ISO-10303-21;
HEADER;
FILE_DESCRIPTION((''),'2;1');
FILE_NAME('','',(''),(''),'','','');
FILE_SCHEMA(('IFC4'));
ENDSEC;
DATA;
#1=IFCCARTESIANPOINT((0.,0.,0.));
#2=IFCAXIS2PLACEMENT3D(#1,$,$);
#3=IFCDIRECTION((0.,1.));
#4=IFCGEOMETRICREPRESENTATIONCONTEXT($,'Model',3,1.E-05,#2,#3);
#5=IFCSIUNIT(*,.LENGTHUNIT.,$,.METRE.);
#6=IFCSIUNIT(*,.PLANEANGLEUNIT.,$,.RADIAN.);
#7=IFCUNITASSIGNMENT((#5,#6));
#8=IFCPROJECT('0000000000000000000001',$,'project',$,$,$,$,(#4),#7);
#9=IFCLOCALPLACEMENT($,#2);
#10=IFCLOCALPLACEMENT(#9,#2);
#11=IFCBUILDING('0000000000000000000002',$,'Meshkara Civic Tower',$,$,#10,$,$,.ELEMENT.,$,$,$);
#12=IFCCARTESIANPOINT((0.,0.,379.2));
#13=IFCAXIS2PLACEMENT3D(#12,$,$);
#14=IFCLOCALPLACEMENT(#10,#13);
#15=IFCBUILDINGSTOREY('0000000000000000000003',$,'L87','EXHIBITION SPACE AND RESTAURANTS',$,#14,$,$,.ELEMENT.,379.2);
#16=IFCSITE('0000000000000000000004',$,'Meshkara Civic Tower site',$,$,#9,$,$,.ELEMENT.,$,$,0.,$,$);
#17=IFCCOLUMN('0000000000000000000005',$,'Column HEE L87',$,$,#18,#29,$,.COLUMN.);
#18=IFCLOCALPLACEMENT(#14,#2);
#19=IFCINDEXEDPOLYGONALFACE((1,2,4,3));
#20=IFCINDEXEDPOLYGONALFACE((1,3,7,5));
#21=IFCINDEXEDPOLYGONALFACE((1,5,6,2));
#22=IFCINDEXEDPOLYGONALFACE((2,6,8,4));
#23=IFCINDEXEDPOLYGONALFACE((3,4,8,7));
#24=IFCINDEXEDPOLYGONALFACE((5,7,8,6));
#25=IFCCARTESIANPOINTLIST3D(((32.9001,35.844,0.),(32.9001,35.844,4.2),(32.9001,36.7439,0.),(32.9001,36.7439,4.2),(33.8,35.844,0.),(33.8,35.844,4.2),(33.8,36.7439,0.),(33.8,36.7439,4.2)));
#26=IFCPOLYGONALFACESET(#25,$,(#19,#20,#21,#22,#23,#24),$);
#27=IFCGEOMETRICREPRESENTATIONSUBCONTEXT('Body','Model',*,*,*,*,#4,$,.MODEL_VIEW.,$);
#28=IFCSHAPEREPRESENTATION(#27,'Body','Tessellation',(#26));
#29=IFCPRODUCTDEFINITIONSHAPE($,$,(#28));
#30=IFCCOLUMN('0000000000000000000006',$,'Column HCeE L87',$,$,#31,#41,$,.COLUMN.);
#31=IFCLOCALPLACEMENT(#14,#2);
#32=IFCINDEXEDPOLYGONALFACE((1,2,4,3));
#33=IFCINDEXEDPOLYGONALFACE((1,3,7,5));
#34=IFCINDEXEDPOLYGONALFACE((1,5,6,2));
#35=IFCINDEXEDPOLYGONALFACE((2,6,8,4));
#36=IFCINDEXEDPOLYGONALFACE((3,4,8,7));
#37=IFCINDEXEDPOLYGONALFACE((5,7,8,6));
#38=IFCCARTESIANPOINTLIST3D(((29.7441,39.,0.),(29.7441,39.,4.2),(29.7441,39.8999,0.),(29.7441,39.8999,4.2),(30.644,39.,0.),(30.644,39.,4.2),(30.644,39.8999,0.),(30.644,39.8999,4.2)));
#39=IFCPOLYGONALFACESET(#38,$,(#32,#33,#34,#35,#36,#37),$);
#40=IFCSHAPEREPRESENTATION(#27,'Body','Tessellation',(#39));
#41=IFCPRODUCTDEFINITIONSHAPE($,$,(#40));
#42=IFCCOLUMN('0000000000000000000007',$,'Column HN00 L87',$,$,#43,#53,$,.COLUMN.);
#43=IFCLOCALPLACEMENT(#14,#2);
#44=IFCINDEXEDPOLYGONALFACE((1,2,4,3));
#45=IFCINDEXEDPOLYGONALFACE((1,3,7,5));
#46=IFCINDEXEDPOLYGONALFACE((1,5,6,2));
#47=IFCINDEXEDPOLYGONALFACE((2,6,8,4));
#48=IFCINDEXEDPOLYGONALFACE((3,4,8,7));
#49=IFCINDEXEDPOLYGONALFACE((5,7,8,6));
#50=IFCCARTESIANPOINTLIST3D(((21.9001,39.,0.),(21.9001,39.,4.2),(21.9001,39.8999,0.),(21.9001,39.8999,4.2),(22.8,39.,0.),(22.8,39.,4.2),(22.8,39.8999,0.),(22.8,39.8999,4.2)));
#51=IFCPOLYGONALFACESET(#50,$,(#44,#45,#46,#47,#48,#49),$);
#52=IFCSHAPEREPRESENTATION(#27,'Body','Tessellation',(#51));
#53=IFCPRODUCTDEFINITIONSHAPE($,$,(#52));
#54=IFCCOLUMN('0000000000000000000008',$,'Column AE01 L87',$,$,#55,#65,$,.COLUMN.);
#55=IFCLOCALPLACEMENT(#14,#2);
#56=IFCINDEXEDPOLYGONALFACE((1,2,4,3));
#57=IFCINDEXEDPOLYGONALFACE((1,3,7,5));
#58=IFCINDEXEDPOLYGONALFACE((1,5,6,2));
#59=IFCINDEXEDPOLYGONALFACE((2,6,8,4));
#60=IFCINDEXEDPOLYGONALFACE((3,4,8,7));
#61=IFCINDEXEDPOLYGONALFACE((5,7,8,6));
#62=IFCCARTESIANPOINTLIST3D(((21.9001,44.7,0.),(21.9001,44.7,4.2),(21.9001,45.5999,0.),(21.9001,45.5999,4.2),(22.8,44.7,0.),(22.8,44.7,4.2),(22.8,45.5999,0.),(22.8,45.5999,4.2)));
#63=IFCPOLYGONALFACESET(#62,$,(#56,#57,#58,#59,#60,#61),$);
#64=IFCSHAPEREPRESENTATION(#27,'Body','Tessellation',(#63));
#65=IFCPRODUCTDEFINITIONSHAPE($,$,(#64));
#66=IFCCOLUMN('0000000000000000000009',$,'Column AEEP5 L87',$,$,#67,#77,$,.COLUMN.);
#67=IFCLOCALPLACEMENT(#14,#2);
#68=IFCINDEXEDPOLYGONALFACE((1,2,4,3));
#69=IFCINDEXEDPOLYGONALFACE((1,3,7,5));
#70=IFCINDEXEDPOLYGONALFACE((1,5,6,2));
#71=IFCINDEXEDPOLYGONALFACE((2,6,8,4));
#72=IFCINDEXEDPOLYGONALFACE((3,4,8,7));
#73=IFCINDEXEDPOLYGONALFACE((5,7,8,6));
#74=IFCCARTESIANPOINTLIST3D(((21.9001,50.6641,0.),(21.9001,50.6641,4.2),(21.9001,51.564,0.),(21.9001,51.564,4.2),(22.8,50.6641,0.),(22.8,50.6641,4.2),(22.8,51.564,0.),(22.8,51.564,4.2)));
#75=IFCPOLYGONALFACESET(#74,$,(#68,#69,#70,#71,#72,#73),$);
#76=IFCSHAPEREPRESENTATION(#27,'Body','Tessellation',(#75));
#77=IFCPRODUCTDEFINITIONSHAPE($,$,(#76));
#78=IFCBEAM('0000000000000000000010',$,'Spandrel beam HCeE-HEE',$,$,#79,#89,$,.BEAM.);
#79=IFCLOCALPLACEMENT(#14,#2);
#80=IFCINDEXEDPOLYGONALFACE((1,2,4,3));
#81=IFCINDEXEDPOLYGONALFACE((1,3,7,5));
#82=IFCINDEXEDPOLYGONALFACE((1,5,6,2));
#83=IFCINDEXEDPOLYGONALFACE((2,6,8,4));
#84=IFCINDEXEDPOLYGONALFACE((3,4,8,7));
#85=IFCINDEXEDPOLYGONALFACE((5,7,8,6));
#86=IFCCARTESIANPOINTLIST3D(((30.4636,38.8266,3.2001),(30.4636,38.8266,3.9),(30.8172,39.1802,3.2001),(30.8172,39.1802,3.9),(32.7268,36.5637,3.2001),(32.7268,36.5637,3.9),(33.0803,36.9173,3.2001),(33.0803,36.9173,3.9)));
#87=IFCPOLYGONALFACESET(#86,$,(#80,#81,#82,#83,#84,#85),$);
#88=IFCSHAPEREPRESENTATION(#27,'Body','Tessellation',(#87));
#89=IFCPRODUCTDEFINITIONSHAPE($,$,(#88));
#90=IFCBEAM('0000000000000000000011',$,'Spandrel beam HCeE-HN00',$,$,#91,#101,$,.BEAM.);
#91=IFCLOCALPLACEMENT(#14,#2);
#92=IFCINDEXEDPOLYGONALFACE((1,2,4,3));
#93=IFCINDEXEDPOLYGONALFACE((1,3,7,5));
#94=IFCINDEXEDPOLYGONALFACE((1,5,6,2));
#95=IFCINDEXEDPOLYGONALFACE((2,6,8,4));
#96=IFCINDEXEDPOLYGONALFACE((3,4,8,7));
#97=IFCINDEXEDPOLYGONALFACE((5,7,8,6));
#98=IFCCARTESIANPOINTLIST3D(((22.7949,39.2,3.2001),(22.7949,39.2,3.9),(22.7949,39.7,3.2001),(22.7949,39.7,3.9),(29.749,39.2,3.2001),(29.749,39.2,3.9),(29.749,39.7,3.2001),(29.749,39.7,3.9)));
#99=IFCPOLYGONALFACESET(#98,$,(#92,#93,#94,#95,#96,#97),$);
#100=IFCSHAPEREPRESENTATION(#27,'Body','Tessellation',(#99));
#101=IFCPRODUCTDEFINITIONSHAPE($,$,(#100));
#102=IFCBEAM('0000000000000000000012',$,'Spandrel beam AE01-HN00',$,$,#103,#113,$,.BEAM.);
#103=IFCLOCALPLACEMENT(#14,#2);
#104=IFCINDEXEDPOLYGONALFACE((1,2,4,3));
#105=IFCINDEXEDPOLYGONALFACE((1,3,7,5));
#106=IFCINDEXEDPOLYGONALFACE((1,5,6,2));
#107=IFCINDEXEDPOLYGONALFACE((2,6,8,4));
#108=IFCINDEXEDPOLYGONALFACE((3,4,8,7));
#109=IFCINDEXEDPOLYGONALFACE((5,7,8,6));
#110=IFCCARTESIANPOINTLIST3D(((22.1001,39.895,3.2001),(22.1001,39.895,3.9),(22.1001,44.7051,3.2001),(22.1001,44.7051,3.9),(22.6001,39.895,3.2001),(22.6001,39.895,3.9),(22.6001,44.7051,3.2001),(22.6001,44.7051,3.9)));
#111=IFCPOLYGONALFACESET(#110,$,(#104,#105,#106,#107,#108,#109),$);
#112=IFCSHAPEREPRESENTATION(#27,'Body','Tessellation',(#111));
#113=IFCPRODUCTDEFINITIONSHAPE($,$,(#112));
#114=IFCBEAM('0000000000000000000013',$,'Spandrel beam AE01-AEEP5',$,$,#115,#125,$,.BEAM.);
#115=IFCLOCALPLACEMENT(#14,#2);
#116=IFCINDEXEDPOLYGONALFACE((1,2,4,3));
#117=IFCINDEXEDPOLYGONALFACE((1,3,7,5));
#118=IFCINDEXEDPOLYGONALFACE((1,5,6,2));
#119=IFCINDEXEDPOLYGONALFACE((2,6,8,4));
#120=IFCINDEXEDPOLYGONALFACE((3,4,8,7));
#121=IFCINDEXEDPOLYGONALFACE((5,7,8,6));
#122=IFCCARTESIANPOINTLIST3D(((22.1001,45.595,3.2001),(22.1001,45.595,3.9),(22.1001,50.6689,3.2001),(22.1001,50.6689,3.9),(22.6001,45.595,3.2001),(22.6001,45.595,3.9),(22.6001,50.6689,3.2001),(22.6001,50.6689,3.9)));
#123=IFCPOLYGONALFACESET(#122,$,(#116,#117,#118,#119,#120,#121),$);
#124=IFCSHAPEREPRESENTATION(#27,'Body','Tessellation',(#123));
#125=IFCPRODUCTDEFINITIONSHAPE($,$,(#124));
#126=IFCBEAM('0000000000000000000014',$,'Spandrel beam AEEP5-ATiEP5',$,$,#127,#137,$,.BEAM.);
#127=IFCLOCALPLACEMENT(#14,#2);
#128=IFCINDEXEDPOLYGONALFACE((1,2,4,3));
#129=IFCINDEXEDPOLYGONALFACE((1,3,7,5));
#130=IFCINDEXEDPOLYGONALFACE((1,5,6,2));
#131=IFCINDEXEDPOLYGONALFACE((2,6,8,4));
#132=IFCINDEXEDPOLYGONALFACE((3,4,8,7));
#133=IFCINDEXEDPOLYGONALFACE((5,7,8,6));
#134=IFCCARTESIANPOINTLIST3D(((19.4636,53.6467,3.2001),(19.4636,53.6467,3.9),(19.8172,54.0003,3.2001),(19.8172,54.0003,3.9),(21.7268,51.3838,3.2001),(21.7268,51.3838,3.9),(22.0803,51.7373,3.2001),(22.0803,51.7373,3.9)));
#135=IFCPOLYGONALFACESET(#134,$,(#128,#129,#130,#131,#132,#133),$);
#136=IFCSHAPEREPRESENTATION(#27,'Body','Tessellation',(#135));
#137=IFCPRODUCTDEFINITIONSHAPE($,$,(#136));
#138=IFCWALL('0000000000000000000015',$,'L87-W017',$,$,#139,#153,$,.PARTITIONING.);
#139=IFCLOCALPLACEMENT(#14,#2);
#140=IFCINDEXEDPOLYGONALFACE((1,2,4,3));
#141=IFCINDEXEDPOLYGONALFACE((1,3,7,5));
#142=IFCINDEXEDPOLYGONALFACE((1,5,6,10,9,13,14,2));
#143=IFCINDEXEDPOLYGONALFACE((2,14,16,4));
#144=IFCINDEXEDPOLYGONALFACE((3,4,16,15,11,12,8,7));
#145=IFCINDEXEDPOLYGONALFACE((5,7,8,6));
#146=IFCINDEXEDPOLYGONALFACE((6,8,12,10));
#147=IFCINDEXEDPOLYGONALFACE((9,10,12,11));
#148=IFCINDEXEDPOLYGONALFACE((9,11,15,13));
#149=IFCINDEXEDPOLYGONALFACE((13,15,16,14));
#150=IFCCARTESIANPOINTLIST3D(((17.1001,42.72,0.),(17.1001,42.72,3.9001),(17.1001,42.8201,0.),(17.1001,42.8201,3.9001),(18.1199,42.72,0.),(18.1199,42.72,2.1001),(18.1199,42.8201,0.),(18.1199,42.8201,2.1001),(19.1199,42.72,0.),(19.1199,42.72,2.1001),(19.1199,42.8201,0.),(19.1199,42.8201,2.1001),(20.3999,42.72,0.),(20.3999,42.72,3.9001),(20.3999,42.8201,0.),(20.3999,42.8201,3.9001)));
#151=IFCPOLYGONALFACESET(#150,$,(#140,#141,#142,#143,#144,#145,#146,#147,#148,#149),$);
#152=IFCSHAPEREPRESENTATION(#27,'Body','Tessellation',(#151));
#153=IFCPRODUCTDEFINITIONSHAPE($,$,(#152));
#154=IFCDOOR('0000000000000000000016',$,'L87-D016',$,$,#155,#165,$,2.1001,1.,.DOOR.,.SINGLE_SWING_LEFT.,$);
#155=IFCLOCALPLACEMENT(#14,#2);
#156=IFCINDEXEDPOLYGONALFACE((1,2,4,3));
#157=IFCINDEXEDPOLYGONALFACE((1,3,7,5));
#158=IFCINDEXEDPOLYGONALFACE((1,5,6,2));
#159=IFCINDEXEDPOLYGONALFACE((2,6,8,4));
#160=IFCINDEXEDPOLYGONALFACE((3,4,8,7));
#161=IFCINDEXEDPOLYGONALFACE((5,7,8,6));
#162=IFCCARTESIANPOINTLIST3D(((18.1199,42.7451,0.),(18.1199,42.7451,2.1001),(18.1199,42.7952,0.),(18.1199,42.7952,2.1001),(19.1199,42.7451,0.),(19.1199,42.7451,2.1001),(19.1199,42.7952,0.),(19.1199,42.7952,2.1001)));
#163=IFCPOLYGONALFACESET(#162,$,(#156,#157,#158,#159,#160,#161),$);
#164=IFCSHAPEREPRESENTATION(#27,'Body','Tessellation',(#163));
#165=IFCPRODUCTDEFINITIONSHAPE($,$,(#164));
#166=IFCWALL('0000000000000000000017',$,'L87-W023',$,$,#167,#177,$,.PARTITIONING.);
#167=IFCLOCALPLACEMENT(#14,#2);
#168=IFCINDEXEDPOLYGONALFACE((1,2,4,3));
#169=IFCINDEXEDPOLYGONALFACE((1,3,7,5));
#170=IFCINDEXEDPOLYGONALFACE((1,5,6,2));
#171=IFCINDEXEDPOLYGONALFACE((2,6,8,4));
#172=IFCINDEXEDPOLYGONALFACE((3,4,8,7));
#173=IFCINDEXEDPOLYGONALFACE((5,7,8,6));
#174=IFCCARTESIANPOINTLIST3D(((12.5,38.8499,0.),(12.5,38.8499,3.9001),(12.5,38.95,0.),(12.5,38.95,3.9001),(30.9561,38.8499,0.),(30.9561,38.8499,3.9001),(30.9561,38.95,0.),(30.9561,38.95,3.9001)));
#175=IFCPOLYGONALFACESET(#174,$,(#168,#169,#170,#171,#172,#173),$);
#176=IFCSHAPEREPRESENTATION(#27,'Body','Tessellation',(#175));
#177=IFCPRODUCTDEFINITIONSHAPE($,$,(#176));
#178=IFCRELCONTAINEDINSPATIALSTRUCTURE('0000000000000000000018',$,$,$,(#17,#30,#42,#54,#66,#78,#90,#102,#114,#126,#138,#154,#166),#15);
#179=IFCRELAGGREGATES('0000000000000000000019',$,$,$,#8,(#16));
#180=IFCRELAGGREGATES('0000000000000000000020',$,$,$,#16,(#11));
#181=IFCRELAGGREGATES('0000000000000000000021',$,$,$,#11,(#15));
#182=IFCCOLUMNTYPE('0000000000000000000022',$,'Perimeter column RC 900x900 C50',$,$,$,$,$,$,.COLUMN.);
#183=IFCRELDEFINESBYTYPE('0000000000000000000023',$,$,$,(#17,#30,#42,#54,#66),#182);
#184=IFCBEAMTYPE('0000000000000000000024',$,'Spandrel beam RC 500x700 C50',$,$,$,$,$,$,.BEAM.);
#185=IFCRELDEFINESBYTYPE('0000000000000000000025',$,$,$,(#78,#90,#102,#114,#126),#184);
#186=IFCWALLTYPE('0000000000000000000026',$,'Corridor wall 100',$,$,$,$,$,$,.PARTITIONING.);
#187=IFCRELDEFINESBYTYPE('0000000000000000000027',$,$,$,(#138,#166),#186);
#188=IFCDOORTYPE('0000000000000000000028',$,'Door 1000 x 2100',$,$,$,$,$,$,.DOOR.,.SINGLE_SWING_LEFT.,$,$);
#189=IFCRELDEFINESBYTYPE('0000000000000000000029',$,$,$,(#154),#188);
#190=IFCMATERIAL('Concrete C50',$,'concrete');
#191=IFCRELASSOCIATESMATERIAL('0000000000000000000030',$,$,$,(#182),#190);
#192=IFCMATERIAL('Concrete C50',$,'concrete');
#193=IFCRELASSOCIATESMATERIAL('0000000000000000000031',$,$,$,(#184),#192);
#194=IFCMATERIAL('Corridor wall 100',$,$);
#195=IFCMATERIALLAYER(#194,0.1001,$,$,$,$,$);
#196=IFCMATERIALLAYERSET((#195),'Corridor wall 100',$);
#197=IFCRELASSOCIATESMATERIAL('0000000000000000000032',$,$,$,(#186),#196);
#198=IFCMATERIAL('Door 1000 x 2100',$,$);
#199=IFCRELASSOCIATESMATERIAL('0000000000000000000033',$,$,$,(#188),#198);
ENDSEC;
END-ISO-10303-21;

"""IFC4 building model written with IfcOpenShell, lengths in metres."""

from ifc_helpers import new_model, si_unit, direction, frame, frame_2d, origin, origin_2d, place, context, subcontext, project, spatial, rectangle, extrude, material, layer, layer_set, material_profile, profile_set, type_object, element, fill, save


model = new_model("IFC4")

# Units and contexts
model_context = context("Model", 3, precision=1e-05, world=origin(), true_north=direction((0.0, 1.0)))
body_context = subcontext(model_context, "Body", "Model", "MODEL_VIEW")
ifc_project = project(units=[si_unit("LENGTHUNIT", "METRE"), si_unit("PLANEANGLEUNIT", "RADIAN")], contexts=[model_context])

# Site, building, storey
site_placement = place(None, origin())
site = spatial("IfcSite", under=ifc_project, at=site_placement, Name="Meshkara Civic Tower site", CompositionType="ELEMENT", RefElevation=0.0)
building_placement = place(site_placement, origin())
building = spatial("IfcBuilding", under=site, at=building_placement, Name="Meshkara Civic Tower", CompositionType="ELEMENT")
storey_placement = place(building_placement, frame((0.0, 0.0, 379.2)))
storey = spatial("IfcBuildingStorey", under=building, at=storey_placement, Name="L87", Description="EXHIBITION SPACE AND RESTAURANTS", CompositionType="ELEMENT", Elevation=379.2)

# Columns
ifc_material_1 = material(Name="Concrete C50", Category="concrete")
ifc_material_profile_1 = material_profile(ifc_material_1, rectangle(XDim=0.8999, YDim=0.8999, at=origin_2d()))
ifc_profile_set_1 = profile_set([ifc_material_profile_1], Name="Concrete C50")
column_type = type_object("IfcColumnType", Name="Perimeter column RC 900x900 C50", PredefinedType="COLUMN", material=ifc_profile_set_1)
for number, where, z_axis, x_axis, name in (
    (1, (33.3501, 36.2939, 0.0), (0.0, 0.0, 1.0), (1.0, 0.0, 0.0), "Column HEE L87"),
    (2, (30.1941, 39.45, 0.0), (0.0, 0.0, 1.0), (1.0, 0.0, 0.0), "Column HCeE L87"),
    (3, (22.3501, 39.45, 0.0), (0.0, 0.0, 1.0), (1.0, 0.0, 0.0), "Column HN00 L87"),
    (4, (22.3501, 45.1499, 0.0), (0.0, 0.0, 1.0), (1.0, 0.0, 0.0), "Column AE01 L87"),
    (5, (22.3501, 51.114, 0.0), (0.0, 0.0, 1.0), (1.0, 0.0, 0.0), "Column AEEP5 L87"),
):
    element("IfcColumn", number, at=place(storey_placement, frame(where, z_axis=z_axis, x_axis=x_axis)), inside=storey, type_object=column_type, Name=name, PredefinedType="COLUMN", context=body_context, shape_type="SweptSolid", body=[
        extrude(rectangle(XDim=0.8999, YDim=0.8999, at=origin_2d()), origin(), (0.0, 0.0, 1.0), 4.2),
    ])

# Beams
ifc_material_2 = material(Name="Concrete C50", Category="concrete")
ifc_material_profile_2 = material_profile(ifc_material_2, rectangle(XDim=0.5, YDim=0.7, at=origin_2d()))
ifc_profile_set_2 = profile_set([ifc_material_profile_2], Name="Concrete C50")
beam_type = type_object("IfcBeamType", Name="Spandrel beam RC 500x700 C50", PredefinedType="BEAM", material=ifc_profile_set_2)
beam_1_placement = place(storey_placement, frame((32.9036, 36.7405, 3.55), z_axis=(-0.707145, 0.707069, 0.0), x_axis=(-0.707069, -0.707145, 0.0)))
element("IfcBeam", 6, at=beam_1_placement, inside=storey, type_object=beam_type, Name="Spandrel beam HCeE-HEE", PredefinedType="BEAM", context=body_context, shape_type="SweptSolid", body=[
    extrude(rectangle(XDim=0.5, YDim=0.7, at=origin_2d()), origin(), (0.0, 0.0, 1.0), 3.2004),
])
beam_2_placement = place(storey_placement, frame((29.749, 39.45, 3.55), z_axis=(-1.0, 0.0, 0.0), x_axis=(0.0, -1.0, 0.0)))
element("IfcBeam", 7, at=beam_2_placement, inside=storey, type_object=beam_type, Name="Spandrel beam HCeE-HN00", PredefinedType="BEAM", context=body_context, shape_type="SweptSolid", body=[
    extrude(rectangle(XDim=0.5, YDim=0.7, at=origin_2d()), origin(), (0.0, 0.0, 1.0), 6.9541),
])
beam_3_placement = place(storey_placement, frame((22.3501, 39.895, 3.55), z_axis=(0.0, 1.0, 0.0), x_axis=(-1.0, 0.0, 0.0)))
element("IfcBeam", 8, at=beam_3_placement, inside=storey, type_object=beam_type, Name="Spandrel beam AE01-HN00", PredefinedType="BEAM", context=body_context, shape_type="SweptSolid", body=[
    extrude(rectangle(XDim=0.5, YDim=0.7, at=origin_2d()), origin(), (0.0, 0.0, 1.0), 4.8101),
])
beam_4_placement = place(storey_placement, frame((22.3501, 45.595, 3.55), z_axis=(0.0, 1.0, 0.0), x_axis=(-1.0, 0.0, 0.0)))
element("IfcBeam", 9, at=beam_4_placement, inside=storey, type_object=beam_type, Name="Spandrel beam AE01-AEEP5", PredefinedType="BEAM", context=body_context, shape_type="SweptSolid", body=[
    extrude(rectangle(XDim=0.5, YDim=0.7, at=origin_2d()), origin(), (0.0, 0.0, 1.0), 5.074),
])
beam_5_placement = place(storey_placement, frame((21.9036, 51.5605, 3.55), z_axis=(-0.707145, 0.707069, 0.0), x_axis=(-0.707069, -0.707145, 0.0)))
element("IfcBeam", 10, at=beam_5_placement, inside=storey, type_object=beam_type, Name="Spandrel beam AEEP5-ATiEP5", PredefinedType="BEAM", context=body_context, shape_type="SweptSolid", body=[
    extrude(rectangle(XDim=0.5, YDim=0.7, at=origin_2d()), origin(), (0.0, 0.0, 1.0), 3.2004),
])

# Wall, opening, door
ifc_material_3 = material(Name="Corridor wall 100")
ifc_layer_1 = layer(ifc_material_3, 0.1001)
ifc_layer_set_1 = layer_set([ifc_layer_1], Name="Corridor wall 100")
wall_type_1 = type_object("IfcWallType", Name="Corridor wall 100", PredefinedType="PARTITIONING", material=ifc_layer_set_1)
wall_1_placement = place(storey_placement, frame((20.3999, 42.77, 0.0), z_axis=(0.0, 0.0, 1.0), x_axis=(-1.0, 0.0, 0.0)))
wall_1 = element("IfcWall", 11, at=wall_1_placement, inside=storey, type_object=wall_type_1, Name="L87-W017", PredefinedType="PARTITIONING", context=body_context, shape_type="SweptSolid", body=[
    extrude(rectangle(XDim=3.2998, YDim=0.1001, at=frame_2d((1.6499, 0.0))), origin(), (0.0, 0.0, 1.0), 3.9001),
])
opening_1_placement = place(wall_1_placement, frame((1.28, 0.0, 0.0)))
opening_1 = element("IfcOpeningElement", 12, at=opening_1_placement, cuts=wall_1, PredefinedType="OPENING", context=body_context, shape_type="SweptSolid", body=[
    extrude(rectangle(XDim=1.0, YDim=2.1001, at=frame_2d((0.5, 1.05))), frame((0.0, 0.0601, 0.0), z_axis=(0.0, -1.0, 0.0), x_axis=(1.0, 0.0, 0.0)), (0.0, 0.0, 1.0), 0.1201),
])
ifc_material_4 = material(Name="Door 1000 x 2100")
door_type = type_object("IfcDoorType", Name="Door 1000 x 2100", OperationType="SINGLE_SWING_LEFT", PredefinedType="DOOR", material=ifc_material_4)
door_placement = place(opening_1_placement, origin())
door = element("IfcDoor", 13, at=door_placement, inside=storey, type_object=door_type, Name="L87-D016", OperationType="SINGLE_SWING_LEFT", OverallHeight=2.1001, OverallWidth=1.0, PredefinedType="DOOR", context=body_context, shape_type="SweptSolid", body=[
    extrude(rectangle(XDim=1.0, YDim=2.1001, at=frame_2d((0.5, 1.05))), frame((0.0, 0.0249, 0.0), z_axis=(0.0, -1.0, 0.0), x_axis=(1.0, 0.0, 0.0)), (0.0, 0.0, 1.0), 0.05),
])
fill(opening_1, door)

# Wall
wall_2_placement = place(storey_placement, frame((30.9561, 38.8999, 0.0), z_axis=(0.0, 0.0, 1.0), x_axis=(-1.0, 0.0, 0.0)))
element("IfcWall", 14, at=wall_2_placement, inside=storey, type_object=wall_type_1, Name="L87-W023", PredefinedType="PARTITIONING", context=body_context, shape_type="SweptSolid", body=[
    extrude(rectangle(XDim=18.4561, YDim=0.1001, at=frame_2d((9.228, 0.0))), origin(), (0.0, 0.0, 1.0), 3.9001),
])

save(model, "model.ifc")
